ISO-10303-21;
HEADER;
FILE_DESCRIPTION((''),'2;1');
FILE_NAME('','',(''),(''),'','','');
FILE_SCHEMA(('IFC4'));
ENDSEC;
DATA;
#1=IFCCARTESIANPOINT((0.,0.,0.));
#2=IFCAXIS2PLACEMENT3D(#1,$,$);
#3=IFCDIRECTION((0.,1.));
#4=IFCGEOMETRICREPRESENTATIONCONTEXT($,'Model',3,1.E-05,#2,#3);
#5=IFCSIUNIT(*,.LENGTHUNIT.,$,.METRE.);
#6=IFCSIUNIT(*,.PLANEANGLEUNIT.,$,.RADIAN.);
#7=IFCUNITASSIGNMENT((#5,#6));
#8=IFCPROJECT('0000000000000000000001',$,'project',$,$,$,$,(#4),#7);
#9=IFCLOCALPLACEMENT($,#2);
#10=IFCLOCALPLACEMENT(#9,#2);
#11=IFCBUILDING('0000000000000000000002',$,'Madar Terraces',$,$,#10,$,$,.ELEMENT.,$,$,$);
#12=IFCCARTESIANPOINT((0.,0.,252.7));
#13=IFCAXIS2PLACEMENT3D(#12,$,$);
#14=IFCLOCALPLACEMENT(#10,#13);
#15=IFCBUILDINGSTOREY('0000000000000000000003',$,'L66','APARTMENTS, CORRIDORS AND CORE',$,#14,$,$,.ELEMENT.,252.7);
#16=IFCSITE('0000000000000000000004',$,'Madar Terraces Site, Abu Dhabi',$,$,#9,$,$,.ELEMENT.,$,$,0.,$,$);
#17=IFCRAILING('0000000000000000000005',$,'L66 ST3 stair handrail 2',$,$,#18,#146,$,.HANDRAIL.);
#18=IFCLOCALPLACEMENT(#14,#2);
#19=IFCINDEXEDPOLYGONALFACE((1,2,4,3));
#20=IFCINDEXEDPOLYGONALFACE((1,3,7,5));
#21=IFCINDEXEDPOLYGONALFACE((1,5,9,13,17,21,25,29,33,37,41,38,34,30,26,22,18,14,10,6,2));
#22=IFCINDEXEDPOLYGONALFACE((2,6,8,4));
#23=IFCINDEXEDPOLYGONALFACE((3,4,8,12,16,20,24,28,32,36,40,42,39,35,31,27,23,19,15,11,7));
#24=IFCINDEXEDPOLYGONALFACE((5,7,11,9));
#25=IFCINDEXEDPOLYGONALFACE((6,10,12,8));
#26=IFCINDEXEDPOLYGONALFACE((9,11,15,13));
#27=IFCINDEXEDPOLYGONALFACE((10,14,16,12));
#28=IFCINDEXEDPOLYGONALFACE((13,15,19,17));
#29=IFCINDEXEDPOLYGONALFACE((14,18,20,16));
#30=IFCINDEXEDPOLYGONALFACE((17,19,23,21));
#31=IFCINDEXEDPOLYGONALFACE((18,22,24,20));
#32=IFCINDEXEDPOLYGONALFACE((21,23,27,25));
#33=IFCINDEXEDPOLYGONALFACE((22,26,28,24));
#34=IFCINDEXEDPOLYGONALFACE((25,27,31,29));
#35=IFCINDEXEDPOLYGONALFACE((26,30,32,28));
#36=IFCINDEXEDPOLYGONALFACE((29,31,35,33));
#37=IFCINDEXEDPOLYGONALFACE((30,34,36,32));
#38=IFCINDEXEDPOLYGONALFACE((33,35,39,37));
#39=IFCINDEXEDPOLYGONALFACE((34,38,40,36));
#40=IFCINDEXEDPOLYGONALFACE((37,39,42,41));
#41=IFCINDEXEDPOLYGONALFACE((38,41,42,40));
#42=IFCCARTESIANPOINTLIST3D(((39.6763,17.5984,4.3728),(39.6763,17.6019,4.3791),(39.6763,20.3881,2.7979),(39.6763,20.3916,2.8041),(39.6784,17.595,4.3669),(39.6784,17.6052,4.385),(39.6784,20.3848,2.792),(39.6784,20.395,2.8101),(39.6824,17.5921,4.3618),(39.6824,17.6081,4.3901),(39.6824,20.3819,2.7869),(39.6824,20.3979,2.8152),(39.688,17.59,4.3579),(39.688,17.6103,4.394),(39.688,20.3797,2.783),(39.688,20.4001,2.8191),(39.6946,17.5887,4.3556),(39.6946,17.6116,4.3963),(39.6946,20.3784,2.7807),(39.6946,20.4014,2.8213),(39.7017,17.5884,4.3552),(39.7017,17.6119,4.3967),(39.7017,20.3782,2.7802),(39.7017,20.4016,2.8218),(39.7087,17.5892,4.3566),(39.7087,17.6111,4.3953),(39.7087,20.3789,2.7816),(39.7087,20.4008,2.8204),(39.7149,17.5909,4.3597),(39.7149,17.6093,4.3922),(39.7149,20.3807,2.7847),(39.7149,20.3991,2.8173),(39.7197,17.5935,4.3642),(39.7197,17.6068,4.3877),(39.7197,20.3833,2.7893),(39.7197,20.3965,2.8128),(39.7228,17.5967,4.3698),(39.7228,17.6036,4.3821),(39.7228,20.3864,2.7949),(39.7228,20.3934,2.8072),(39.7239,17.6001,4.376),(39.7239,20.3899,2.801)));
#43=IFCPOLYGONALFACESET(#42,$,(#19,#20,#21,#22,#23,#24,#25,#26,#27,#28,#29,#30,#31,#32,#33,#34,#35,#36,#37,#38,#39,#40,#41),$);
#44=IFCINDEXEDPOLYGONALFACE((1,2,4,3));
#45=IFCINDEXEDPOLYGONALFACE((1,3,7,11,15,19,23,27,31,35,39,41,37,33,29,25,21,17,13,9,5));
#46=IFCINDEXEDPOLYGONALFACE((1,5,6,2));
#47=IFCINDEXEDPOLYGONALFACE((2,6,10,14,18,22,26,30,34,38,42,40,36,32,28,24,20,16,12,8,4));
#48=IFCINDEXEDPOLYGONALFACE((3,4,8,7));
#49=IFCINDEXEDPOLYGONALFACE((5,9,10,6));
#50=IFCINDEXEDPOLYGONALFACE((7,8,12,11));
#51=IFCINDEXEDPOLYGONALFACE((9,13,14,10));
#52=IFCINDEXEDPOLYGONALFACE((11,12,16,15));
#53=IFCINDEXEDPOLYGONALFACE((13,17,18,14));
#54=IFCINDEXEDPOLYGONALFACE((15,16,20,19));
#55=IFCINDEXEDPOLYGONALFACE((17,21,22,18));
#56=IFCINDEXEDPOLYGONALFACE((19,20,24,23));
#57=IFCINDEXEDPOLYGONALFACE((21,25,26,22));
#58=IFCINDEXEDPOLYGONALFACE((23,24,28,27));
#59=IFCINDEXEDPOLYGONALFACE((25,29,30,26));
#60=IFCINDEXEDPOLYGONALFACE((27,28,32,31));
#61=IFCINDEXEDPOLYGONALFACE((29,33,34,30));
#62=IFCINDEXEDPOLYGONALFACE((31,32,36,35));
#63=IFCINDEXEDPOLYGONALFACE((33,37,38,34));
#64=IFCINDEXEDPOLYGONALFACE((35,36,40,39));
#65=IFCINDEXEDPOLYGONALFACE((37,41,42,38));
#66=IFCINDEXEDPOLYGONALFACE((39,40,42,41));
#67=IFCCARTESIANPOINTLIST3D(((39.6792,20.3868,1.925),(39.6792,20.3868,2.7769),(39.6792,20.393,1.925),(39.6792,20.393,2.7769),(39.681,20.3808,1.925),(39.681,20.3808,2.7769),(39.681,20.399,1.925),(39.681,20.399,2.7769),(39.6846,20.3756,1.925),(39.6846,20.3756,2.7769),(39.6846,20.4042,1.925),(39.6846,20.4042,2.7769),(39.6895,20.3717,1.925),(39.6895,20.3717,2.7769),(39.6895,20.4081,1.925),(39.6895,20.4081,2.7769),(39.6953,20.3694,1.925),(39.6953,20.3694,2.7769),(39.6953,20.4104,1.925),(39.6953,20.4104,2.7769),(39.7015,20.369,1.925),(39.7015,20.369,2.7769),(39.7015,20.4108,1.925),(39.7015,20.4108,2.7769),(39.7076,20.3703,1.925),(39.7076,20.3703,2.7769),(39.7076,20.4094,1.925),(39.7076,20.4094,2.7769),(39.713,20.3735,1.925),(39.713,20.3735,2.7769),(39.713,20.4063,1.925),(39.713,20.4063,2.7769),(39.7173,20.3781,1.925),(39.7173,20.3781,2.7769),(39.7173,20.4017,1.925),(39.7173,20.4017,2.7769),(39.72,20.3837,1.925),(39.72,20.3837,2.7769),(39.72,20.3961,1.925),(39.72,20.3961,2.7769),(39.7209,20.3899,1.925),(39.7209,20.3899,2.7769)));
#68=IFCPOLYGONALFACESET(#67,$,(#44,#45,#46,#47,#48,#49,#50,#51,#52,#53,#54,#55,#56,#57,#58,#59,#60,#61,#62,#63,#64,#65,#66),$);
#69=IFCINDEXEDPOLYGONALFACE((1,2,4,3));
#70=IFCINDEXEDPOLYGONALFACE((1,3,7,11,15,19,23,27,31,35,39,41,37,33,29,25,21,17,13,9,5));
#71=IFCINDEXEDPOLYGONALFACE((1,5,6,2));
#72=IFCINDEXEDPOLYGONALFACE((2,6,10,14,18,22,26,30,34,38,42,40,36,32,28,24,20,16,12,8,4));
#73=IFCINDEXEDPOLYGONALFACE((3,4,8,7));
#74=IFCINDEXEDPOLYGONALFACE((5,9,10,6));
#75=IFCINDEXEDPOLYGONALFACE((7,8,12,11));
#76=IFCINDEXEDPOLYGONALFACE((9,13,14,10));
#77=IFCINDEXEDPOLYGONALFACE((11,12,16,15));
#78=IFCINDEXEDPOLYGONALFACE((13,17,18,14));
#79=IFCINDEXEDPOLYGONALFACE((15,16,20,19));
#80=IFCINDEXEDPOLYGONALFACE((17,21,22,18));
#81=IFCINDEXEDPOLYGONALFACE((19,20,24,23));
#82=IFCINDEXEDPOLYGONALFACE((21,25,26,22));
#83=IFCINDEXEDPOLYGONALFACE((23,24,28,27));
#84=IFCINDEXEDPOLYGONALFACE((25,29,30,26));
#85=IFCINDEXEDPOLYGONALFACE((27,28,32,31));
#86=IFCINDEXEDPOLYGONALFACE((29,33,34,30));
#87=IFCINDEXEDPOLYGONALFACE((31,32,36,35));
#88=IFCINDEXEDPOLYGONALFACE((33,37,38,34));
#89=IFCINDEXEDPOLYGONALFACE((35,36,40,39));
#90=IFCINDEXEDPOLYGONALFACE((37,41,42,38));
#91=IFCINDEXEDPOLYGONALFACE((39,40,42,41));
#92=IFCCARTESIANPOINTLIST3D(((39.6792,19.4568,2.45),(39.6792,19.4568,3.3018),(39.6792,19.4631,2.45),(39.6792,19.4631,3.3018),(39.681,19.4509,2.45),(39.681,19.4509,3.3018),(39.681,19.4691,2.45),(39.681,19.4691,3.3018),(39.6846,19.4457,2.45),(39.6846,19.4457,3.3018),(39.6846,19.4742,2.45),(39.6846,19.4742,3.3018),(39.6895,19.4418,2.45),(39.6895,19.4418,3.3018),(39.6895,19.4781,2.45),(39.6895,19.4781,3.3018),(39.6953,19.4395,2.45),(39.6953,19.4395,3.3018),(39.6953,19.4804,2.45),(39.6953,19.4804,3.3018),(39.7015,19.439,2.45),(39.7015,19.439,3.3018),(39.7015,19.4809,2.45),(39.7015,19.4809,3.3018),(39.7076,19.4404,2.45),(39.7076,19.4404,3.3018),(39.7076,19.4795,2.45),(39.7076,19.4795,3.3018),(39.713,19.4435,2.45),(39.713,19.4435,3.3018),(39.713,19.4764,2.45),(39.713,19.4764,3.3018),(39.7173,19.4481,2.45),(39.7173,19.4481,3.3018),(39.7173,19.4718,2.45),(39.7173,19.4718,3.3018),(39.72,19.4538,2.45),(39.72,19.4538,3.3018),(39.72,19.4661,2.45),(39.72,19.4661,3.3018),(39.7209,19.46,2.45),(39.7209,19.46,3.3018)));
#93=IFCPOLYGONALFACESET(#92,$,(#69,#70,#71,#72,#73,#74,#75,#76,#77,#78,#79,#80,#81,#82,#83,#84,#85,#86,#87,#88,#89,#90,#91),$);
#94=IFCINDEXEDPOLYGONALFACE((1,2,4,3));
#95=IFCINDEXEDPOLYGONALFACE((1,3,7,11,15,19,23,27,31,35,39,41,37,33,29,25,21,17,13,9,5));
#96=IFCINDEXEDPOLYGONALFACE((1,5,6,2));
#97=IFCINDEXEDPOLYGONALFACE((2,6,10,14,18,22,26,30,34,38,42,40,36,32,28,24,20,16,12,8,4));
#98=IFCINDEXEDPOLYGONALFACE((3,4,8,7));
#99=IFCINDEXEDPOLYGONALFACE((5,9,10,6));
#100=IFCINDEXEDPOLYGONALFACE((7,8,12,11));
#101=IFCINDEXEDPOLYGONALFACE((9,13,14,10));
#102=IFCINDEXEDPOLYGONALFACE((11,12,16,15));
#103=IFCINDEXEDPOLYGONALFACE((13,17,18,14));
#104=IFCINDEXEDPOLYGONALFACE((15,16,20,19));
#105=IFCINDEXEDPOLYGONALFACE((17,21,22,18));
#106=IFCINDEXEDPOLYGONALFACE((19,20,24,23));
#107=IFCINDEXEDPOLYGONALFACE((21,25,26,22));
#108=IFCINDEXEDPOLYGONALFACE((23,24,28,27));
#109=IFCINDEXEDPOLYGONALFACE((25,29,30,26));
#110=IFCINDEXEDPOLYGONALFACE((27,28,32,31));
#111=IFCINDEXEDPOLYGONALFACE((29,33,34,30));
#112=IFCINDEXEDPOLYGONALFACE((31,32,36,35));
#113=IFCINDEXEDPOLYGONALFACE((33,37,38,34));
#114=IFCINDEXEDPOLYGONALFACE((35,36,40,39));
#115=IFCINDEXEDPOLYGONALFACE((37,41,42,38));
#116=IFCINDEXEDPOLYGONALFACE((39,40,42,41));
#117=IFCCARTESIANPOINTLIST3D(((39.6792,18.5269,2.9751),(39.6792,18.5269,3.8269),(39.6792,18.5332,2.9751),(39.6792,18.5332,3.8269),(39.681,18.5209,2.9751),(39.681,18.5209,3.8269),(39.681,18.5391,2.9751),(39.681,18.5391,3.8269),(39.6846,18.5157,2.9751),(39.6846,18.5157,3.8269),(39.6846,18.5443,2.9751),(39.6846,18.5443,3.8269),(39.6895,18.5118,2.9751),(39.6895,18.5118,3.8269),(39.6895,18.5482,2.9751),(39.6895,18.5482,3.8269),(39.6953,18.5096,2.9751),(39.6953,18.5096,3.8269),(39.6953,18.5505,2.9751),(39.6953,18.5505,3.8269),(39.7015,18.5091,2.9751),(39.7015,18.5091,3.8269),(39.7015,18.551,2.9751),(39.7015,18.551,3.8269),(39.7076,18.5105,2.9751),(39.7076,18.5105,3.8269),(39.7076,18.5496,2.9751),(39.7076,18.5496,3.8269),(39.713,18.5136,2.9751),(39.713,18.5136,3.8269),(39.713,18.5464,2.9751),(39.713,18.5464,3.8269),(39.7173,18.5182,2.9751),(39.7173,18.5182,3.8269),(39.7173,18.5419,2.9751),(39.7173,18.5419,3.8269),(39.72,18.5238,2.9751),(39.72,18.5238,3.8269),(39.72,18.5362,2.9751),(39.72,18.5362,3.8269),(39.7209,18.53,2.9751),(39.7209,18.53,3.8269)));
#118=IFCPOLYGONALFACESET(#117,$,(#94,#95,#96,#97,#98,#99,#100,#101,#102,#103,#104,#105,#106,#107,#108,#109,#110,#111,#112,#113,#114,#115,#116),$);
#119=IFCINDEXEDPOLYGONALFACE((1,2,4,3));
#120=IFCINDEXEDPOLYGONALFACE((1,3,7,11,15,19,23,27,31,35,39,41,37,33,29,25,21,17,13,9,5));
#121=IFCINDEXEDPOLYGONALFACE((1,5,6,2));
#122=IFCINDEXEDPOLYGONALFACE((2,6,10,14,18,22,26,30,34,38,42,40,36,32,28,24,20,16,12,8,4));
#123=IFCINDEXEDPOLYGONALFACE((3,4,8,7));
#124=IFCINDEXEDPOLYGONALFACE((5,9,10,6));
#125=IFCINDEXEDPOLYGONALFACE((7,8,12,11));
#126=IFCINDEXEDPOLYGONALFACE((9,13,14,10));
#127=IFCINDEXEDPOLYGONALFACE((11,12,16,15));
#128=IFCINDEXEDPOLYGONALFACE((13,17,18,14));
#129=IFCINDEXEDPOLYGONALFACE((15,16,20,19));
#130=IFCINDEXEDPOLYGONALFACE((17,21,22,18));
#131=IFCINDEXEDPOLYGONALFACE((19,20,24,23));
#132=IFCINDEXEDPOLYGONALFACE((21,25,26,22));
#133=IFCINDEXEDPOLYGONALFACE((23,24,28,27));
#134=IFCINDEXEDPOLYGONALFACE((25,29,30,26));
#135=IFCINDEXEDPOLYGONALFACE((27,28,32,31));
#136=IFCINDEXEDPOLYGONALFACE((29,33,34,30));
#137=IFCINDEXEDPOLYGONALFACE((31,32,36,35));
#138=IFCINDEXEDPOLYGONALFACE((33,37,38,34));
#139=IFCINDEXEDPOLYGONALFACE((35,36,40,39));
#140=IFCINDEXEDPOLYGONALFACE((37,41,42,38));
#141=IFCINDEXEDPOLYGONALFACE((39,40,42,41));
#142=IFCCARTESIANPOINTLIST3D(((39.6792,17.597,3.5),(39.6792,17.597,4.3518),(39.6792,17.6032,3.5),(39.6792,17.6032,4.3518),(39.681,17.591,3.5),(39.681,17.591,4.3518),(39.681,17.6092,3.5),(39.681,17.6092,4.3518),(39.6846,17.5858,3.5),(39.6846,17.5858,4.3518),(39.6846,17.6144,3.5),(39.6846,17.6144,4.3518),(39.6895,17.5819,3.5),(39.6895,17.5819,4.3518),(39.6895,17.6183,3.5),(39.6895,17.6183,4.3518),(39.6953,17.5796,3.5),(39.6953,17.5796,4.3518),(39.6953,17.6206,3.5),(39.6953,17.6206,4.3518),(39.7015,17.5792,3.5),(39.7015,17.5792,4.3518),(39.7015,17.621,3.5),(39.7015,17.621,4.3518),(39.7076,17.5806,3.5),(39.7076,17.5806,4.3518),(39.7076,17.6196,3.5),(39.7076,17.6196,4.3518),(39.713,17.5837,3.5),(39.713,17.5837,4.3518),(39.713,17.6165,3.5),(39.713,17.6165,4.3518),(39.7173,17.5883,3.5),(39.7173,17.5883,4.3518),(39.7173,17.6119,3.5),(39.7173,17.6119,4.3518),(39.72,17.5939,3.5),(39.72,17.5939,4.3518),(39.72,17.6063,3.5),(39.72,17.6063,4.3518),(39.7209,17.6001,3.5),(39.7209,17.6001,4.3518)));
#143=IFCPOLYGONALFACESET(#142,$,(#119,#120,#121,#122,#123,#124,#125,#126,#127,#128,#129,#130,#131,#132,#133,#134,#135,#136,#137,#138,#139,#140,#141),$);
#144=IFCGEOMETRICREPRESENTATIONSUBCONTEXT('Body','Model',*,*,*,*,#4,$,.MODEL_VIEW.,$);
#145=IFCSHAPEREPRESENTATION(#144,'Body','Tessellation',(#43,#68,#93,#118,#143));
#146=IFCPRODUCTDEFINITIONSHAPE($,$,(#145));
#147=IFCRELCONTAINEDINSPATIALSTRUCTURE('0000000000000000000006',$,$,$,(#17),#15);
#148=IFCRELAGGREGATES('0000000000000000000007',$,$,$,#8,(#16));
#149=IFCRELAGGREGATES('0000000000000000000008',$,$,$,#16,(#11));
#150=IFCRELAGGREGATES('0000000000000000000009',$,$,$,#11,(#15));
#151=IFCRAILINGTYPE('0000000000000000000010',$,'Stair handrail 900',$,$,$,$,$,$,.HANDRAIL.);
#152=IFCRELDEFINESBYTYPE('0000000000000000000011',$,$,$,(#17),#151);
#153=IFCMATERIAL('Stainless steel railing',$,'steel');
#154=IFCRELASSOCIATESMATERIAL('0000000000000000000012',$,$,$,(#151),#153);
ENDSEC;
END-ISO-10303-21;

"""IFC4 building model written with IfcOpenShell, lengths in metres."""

from ifc_helpers import new_model, si_unit, direction, frame, origin, origin_2d, place, context, subcontext, project, spatial, circle, extrude, material, type_object, element, save


model = new_model("IFC4")

# Units and contexts
model_context = context("Model", 3, precision=1e-05, world=origin(), true_north=direction((0.0, 1.0)))
body_context = subcontext(model_context, "Body", "Model", "MODEL_VIEW")
ifc_project = project(units=[si_unit("LENGTHUNIT", "METRE"), si_unit("PLANEANGLEUNIT", "RADIAN")], contexts=[model_context])

# Site, building, storey
site_placement = place(None, origin())
site = spatial("IfcSite", under=ifc_project, at=site_placement, Name="Madar Terraces Site, Abu Dhabi", CompositionType="ELEMENT", RefElevation=0.0)
building_placement = place(site_placement, origin())
building = spatial("IfcBuilding", under=site, at=building_placement, Name="Madar Terraces", CompositionType="ELEMENT")
storey_placement = place(building_placement, frame((0.0, 0.0, 252.7)))
storey = spatial("IfcBuildingStorey", under=building, at=storey_placement, Name="L66", Description="APARTMENTS, CORRIDORS AND CORE", CompositionType="ELEMENT", Elevation=252.7)

# Railing
ifc_material_1 = material(Name="Stainless steel railing", Category="steel")
railing_type_1 = type_object("IfcRailingType", Name="Stair handrail 900", PredefinedType="HANDRAIL", material=ifc_material_1)
railing_1_placement = place(storey_placement, frame((39.7, 20.3899, 1.925)))
element("IfcRailing", 1, at=railing_1_placement, inside=storey, type_object=railing_type_1, Name="L66 ST3 stair handrail 2", PredefinedType="HANDRAIL", context=body_context, shape_type="SweptSolid", body=[
    extrude(circle(Radius=0.0239, at=origin_2d()), frame((0.0, 0.0, 0.876), z_axis=(0.0, -0.870815, 0.49161), x_axis=(1.0, 0.0, 0.0)), (0.0, 0.0, 1.0), 3.2036),
    extrude(circle(Radius=0.021, at=origin_2d()), origin(), (0.0, 0.0, 1.0), 0.8518),
    extrude(circle(Radius=0.021, at=origin_2d()), frame((0.0, -0.9299, 0.5249)), (0.0, 0.0, 1.0), 0.8518),
    extrude(circle(Radius=0.021, at=origin_2d()), frame((0.0, -1.8599, 1.05)), (0.0, 0.0, 1.0), 0.8518),
    extrude(circle(Radius=0.021, at=origin_2d()), frame((0.0, -2.7898, 1.575)), (0.0, 0.0, 1.0), 0.8518),
])

save(model, "model.ifc")
